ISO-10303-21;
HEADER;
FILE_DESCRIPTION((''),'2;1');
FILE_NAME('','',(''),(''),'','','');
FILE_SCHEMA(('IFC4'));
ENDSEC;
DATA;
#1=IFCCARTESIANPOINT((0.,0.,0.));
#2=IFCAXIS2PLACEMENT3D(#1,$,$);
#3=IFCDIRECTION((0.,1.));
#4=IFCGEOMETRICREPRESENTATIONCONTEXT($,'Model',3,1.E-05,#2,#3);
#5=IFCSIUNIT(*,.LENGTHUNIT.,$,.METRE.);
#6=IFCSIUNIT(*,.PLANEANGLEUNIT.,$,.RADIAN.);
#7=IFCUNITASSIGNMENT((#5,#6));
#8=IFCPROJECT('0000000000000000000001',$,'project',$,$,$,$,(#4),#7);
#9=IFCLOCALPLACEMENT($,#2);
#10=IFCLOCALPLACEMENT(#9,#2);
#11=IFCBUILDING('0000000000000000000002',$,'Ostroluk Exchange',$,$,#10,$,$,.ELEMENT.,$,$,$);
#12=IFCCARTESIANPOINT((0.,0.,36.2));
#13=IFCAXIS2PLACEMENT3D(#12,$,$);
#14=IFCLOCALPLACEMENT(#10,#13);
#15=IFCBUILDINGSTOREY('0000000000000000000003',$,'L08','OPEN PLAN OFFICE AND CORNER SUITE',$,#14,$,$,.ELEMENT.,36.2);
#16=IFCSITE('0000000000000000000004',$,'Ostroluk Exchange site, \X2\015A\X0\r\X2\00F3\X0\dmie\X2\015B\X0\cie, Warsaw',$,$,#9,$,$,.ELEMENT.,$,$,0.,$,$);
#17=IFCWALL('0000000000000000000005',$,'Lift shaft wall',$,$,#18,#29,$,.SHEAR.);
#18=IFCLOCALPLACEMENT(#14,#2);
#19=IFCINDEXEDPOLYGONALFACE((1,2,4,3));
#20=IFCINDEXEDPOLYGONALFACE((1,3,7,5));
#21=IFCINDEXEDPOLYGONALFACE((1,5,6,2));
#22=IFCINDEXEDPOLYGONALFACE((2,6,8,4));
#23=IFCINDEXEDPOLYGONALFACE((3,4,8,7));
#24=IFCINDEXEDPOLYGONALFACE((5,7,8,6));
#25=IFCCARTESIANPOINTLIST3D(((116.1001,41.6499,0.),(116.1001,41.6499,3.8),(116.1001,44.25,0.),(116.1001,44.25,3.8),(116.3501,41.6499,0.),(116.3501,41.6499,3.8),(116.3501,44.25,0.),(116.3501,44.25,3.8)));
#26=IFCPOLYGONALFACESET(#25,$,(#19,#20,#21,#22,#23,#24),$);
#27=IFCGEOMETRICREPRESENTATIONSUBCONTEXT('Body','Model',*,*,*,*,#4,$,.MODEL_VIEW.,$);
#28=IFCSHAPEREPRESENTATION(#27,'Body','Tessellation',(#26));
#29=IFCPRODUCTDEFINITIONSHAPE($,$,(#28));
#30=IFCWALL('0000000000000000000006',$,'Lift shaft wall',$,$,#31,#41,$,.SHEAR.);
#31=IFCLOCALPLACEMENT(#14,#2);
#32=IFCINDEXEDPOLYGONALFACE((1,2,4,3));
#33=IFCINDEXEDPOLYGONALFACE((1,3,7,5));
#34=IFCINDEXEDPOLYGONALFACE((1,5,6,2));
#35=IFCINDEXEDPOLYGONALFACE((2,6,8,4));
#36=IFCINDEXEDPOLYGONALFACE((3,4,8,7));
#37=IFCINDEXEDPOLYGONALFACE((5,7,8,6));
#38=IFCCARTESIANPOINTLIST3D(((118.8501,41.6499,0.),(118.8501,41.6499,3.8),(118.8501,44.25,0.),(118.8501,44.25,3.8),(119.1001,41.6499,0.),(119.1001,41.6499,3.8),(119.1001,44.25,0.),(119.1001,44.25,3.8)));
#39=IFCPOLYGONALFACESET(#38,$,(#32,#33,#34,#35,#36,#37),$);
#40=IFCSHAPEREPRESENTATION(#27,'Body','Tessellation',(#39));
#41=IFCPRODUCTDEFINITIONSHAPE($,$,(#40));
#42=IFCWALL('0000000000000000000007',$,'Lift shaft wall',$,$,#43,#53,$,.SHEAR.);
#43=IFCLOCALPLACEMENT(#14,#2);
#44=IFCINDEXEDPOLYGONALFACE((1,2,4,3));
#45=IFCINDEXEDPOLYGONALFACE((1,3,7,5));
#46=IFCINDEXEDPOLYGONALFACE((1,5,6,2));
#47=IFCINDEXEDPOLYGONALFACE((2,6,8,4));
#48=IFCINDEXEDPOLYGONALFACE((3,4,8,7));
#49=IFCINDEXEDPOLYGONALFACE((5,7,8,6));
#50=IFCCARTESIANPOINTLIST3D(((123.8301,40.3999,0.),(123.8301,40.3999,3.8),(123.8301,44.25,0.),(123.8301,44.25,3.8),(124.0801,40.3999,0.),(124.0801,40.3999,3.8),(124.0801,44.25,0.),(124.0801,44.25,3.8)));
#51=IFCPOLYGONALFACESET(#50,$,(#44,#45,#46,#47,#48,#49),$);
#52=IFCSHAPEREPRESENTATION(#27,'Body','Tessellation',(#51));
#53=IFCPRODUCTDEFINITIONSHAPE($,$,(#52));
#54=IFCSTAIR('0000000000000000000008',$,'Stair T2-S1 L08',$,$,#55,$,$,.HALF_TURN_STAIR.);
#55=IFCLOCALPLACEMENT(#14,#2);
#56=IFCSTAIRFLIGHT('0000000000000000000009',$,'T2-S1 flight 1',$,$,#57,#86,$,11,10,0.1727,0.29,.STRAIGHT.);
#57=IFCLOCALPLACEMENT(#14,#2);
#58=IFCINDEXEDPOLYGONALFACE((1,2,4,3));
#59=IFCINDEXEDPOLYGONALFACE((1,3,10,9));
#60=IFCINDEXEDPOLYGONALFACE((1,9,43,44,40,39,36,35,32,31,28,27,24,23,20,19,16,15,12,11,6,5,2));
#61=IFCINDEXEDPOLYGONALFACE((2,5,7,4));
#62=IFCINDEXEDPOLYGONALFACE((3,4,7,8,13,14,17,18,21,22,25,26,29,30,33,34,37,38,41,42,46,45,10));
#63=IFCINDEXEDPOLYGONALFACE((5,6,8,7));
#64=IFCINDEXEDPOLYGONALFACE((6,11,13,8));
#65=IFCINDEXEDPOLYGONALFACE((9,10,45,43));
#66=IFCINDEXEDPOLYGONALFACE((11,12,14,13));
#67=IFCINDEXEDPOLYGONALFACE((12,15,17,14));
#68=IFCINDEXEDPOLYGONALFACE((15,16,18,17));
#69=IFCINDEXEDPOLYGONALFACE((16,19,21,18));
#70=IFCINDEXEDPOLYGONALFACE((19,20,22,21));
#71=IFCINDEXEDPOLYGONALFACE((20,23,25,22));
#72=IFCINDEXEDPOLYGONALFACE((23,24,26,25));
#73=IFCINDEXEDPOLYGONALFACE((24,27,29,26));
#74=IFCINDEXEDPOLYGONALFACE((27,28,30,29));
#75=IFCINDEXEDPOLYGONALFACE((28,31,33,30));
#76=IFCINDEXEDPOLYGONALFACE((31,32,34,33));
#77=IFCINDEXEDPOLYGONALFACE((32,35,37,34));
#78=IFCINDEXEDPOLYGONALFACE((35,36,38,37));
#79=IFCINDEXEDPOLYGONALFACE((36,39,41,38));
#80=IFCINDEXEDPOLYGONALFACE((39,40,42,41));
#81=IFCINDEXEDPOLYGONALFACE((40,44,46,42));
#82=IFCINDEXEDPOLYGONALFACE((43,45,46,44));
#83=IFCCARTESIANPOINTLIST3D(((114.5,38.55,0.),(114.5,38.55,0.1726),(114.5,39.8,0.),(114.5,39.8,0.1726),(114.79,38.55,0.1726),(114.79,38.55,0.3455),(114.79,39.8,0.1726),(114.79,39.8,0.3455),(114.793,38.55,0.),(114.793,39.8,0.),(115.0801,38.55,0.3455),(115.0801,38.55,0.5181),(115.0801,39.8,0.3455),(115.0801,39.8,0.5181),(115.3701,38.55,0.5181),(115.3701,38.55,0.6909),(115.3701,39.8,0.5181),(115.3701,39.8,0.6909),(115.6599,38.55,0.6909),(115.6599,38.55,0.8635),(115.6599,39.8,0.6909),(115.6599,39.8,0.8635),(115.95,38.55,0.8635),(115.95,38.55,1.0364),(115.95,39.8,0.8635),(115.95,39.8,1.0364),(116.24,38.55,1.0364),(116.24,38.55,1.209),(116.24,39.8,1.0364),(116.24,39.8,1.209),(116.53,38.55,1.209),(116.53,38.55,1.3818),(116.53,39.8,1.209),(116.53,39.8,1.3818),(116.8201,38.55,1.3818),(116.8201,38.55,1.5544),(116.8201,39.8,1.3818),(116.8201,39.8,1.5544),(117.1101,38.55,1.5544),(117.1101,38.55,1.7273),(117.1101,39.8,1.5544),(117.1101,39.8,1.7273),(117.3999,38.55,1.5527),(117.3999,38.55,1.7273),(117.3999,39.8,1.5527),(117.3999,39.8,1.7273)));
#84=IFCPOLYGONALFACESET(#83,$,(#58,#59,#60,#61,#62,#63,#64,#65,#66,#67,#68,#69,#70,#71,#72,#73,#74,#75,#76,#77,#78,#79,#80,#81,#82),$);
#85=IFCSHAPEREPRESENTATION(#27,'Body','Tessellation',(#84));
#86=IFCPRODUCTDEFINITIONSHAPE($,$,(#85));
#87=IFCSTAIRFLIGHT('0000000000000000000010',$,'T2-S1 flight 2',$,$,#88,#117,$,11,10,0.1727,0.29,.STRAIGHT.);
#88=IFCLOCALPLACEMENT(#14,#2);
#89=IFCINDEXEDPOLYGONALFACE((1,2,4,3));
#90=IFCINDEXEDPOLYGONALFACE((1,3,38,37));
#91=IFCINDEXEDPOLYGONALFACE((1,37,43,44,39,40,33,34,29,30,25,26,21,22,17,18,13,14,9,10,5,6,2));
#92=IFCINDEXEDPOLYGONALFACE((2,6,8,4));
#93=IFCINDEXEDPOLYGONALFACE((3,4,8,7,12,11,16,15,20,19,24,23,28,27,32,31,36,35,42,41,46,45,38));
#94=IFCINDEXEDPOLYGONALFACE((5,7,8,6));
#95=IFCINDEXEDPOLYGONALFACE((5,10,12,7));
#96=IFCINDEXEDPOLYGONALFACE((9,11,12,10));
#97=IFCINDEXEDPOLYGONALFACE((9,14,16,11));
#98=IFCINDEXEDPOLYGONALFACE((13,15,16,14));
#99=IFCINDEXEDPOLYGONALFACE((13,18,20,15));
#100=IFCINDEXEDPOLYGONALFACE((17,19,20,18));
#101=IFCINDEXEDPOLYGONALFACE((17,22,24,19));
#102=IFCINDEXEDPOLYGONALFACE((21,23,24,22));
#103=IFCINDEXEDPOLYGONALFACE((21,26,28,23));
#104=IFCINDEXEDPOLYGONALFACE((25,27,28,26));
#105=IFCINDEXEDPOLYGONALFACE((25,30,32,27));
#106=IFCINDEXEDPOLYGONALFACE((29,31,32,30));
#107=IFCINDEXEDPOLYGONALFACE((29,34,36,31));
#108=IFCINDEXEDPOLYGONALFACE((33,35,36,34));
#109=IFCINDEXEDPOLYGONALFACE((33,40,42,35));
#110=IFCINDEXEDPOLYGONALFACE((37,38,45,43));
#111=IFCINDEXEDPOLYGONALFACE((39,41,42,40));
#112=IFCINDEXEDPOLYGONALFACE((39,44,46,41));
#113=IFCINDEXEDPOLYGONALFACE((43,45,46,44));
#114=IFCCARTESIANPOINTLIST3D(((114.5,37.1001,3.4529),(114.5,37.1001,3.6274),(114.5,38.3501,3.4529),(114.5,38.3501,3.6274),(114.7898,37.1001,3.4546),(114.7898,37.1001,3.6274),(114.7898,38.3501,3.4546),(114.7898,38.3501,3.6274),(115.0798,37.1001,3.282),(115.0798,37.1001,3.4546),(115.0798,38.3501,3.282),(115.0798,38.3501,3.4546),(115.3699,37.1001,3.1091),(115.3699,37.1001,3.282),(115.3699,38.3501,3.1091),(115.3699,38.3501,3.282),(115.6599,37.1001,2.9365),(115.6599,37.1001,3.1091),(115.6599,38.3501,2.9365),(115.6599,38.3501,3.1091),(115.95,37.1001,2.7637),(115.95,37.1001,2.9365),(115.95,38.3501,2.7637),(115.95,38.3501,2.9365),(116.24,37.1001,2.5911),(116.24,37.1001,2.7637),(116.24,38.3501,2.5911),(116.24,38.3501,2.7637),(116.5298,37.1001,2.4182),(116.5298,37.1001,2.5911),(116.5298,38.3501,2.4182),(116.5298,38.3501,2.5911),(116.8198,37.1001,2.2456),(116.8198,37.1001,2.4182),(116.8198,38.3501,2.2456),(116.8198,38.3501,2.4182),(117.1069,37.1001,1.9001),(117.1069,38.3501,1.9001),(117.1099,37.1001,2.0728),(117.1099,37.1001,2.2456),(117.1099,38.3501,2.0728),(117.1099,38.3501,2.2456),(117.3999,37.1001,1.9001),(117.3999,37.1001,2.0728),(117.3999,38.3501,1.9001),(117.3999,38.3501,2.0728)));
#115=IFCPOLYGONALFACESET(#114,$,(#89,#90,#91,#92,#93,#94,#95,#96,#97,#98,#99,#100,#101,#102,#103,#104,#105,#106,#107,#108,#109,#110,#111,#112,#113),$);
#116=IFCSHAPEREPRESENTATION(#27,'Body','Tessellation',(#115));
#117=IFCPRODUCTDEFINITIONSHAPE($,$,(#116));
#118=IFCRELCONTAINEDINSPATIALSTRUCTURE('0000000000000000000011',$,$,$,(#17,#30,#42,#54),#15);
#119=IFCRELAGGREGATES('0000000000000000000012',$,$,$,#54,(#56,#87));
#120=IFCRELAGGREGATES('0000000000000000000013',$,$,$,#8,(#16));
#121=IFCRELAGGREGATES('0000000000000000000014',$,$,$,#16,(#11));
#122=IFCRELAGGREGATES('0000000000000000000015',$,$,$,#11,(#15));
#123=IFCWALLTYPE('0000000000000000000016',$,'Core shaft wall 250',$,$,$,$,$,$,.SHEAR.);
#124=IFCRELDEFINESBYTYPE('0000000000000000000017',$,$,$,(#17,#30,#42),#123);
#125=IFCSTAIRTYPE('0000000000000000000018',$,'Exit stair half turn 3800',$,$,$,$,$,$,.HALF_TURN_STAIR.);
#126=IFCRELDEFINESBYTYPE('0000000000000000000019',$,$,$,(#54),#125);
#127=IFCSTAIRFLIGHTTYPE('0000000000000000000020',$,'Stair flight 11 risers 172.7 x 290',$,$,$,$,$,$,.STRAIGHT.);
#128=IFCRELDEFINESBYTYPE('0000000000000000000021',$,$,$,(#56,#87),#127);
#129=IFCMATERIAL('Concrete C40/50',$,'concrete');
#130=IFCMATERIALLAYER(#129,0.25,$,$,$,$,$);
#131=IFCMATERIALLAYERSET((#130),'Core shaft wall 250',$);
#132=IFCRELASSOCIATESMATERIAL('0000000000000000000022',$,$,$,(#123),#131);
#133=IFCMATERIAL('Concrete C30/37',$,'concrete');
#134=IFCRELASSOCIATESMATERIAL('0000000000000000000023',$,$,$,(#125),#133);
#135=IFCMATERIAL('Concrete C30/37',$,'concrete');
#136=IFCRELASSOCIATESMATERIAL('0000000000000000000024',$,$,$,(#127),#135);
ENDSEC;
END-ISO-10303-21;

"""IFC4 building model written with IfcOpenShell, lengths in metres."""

from ifc_helpers import new_model, si_unit, direction, frame, frame_2d, origin, place, context, subcontext, project, spatial, polyline, rectangle, outline, extrude, material, layer, layer_set, type_object, element, aggregate, save


model = new_model("IFC4")

# Units and contexts
model_context = context("Model", 3, precision=1e-05, world=origin(), true_north=direction((0.0, 1.0)))
body_context = subcontext(model_context, "Body", "Model", "MODEL_VIEW")
ifc_project = project(units=[si_unit("LENGTHUNIT", "METRE"), si_unit("PLANEANGLEUNIT", "RADIAN")], contexts=[model_context])

# Site, building, storey
site_placement = place(None, origin())
site = spatial("IfcSite", under=ifc_project, at=site_placement, Name="Ostroluk Exchange site, Śródmieście, Warsaw", CompositionType="ELEMENT", RefElevation=0.0)
building_placement = place(site_placement, origin())
building = spatial("IfcBuilding", under=site, at=building_placement, Name="Ostroluk Exchange", CompositionType="ELEMENT")
storey_placement = place(building_placement, frame((0.0, 0.0, 36.2)))
storey = spatial("IfcBuildingStorey", under=building, at=storey_placement, Name="L08", Description="OPEN PLAN OFFICE AND CORNER SUITE", CompositionType="ELEMENT", Elevation=36.2)

# Shared definitions
ifc_material_1 = material(Name="Concrete C40/50", Category="concrete")
ifc_layer_1 = layer(ifc_material_1, 0.25)
ifc_layer_set_1 = layer_set([ifc_layer_1], Name="Core shaft wall 250")
wall_type_1 = type_object("IfcWallType", Name="Core shaft wall 250", PredefinedType="SHEAR", material=ifc_layer_set_1)

# Walls
for number, where, z_axis, x_axis, name in (
    (1, (116.2251, 44.25, 0.0), (0.0, 0.0, 1.0), (0.0, -1.0, 0.0), "Lift shaft wall"),
    (2, (118.9751, 44.25, 0.0), (0.0, 0.0, 1.0), (0.0, -1.0, 0.0), "Lift shaft wall"),
):
    element("IfcWall", number, at=place(storey_placement, frame(where, z_axis=z_axis, x_axis=x_axis)), inside=storey, type_object=wall_type_1, Name=name, PredefinedType="SHEAR", context=body_context, shape_type="SweptSolid", body=[
        extrude(rectangle(XDim=2.6001, YDim=0.25, at=frame_2d((1.3, 0.0))), origin(), (0.0, 0.0, 1.0), 3.8),
    ])
wall_1_placement = place(storey_placement, frame((123.9551, 44.25, 0.0), z_axis=(0.0, 0.0, 1.0), x_axis=(0.0, -1.0, 0.0)))
element("IfcWall", 3, at=wall_1_placement, inside=storey, type_object=wall_type_1, Name="Lift shaft wall", PredefinedType="SHEAR", context=body_context, shape_type="SweptSolid", body=[
    extrude(rectangle(XDim=3.8501, YDim=0.25, at=frame_2d((1.925, 0.0))), origin(), (0.0, 0.0, 1.0), 3.8),
])

# Stair, stair flights
ifc_material_2 = material(Name="Concrete C30/37", Category="concrete")
stair_type = type_object("IfcStairType", Name="Exit stair half turn 3800", PredefinedType="HALF_TURN_STAIR", material=ifc_material_2)
stair_placement = place(storey_placement, origin())
stair = element("IfcStair", 4, at=stair_placement, inside=storey, type_object=stair_type, Name="Stair T2-S1 L08", PredefinedType="HALF_TURN_STAIR")
ifc_material_3 = material(Name="Concrete C30/37", Category="concrete")
stair_flight_type = type_object("IfcStairFlightType", Name="Stair flight 11 risers 172.7 x 290", PredefinedType="STRAIGHT", material=ifc_material_3)
stair_flight_1_placement = place(storey_placement, frame((114.5, 39.175, 0.0), z_axis=(0.0, 0.0, 1.0), x_axis=(1.0, 0.0, 0.0)))
stair_flight_1 = element("IfcStairFlight", 5, at=stair_flight_1_placement, type_object=stair_flight_type, Name="T2-S1 flight 1", NumberOfRisers=11, NumberOfTreads=10, PredefinedType="STRAIGHT", RiserHeight=0.1727, TreadLength=0.29, context=body_context, shape_type="SweptSolid", body=[
    extrude(outline(polyline([(0.0, 0.0), (0.0, 0.1726), (0.29, 0.1726), (0.29, 0.3455), (0.5801, 0.3455), (0.5801, 0.5181), (0.8701, 0.5181), (0.8701, 0.6909), (1.1599, 0.6909), (1.1599, 0.8635), (1.45, 0.8635), (1.45, 1.0364), (1.74, 1.0364), (1.74, 1.209), (2.03, 1.209), (2.03, 1.3818), (2.3201, 1.3818), (2.3201, 1.5544), (2.6101, 1.5544), (2.6101, 1.7273), (2.8999, 1.7273), (2.8999, 1.8999), (2.8999, 1.5527), (0.293, 0.0), (0.0, 0.0)])), frame((0.0, 0.625, 0.0), z_axis=(0.0, -1.0, 0.0), x_axis=(1.0, 0.0, 0.0)), (0.0, 0.0, 1.0), 1.25),
])
stair_flight_2_placement = place(storey_placement, frame((117.3999, 37.7251, 1.9001), z_axis=(0.0, 0.0, 1.0), x_axis=(-1.0, 0.0, 0.0)))
stair_flight_2 = element("IfcStairFlight", 6, at=stair_flight_2_placement, type_object=stair_flight_type, Name="T2-S1 flight 2", NumberOfRisers=11, NumberOfTreads=10, PredefinedType="STRAIGHT", RiserHeight=0.1727, TreadLength=0.29, context=body_context, shape_type="SweptSolid", body=[
    extrude(outline(polyline([(0.0, 0.0), (0.0, 0.1726), (0.29, 0.1726), (0.29, 0.3455), (0.5801, 0.3455), (0.5801, 0.5181), (0.8701, 0.5181), (0.8701, 0.6909), (1.1599, 0.6909), (1.1599, 0.8635), (1.45, 0.8635), (1.45, 1.0364), (1.74, 1.0364), (1.74, 1.209), (2.03, 1.209), (2.03, 1.3818), (2.3201, 1.3818), (2.3201, 1.5544), (2.6101, 1.5544), (2.6101, 1.7273), (2.8999, 1.7273), (2.8999, 1.8999), (2.8999, 1.5527), (0.293, 0.0), (0.0, 0.0)])), frame((0.0, 0.625, 0.0), z_axis=(0.0, -1.0, 0.0), x_axis=(1.0, 0.0, 0.0)), (0.0, 0.0, 1.0), 1.25),
])
aggregate(stair, [stair_flight_1, stair_flight_2])

save(model, "model.ifc")
